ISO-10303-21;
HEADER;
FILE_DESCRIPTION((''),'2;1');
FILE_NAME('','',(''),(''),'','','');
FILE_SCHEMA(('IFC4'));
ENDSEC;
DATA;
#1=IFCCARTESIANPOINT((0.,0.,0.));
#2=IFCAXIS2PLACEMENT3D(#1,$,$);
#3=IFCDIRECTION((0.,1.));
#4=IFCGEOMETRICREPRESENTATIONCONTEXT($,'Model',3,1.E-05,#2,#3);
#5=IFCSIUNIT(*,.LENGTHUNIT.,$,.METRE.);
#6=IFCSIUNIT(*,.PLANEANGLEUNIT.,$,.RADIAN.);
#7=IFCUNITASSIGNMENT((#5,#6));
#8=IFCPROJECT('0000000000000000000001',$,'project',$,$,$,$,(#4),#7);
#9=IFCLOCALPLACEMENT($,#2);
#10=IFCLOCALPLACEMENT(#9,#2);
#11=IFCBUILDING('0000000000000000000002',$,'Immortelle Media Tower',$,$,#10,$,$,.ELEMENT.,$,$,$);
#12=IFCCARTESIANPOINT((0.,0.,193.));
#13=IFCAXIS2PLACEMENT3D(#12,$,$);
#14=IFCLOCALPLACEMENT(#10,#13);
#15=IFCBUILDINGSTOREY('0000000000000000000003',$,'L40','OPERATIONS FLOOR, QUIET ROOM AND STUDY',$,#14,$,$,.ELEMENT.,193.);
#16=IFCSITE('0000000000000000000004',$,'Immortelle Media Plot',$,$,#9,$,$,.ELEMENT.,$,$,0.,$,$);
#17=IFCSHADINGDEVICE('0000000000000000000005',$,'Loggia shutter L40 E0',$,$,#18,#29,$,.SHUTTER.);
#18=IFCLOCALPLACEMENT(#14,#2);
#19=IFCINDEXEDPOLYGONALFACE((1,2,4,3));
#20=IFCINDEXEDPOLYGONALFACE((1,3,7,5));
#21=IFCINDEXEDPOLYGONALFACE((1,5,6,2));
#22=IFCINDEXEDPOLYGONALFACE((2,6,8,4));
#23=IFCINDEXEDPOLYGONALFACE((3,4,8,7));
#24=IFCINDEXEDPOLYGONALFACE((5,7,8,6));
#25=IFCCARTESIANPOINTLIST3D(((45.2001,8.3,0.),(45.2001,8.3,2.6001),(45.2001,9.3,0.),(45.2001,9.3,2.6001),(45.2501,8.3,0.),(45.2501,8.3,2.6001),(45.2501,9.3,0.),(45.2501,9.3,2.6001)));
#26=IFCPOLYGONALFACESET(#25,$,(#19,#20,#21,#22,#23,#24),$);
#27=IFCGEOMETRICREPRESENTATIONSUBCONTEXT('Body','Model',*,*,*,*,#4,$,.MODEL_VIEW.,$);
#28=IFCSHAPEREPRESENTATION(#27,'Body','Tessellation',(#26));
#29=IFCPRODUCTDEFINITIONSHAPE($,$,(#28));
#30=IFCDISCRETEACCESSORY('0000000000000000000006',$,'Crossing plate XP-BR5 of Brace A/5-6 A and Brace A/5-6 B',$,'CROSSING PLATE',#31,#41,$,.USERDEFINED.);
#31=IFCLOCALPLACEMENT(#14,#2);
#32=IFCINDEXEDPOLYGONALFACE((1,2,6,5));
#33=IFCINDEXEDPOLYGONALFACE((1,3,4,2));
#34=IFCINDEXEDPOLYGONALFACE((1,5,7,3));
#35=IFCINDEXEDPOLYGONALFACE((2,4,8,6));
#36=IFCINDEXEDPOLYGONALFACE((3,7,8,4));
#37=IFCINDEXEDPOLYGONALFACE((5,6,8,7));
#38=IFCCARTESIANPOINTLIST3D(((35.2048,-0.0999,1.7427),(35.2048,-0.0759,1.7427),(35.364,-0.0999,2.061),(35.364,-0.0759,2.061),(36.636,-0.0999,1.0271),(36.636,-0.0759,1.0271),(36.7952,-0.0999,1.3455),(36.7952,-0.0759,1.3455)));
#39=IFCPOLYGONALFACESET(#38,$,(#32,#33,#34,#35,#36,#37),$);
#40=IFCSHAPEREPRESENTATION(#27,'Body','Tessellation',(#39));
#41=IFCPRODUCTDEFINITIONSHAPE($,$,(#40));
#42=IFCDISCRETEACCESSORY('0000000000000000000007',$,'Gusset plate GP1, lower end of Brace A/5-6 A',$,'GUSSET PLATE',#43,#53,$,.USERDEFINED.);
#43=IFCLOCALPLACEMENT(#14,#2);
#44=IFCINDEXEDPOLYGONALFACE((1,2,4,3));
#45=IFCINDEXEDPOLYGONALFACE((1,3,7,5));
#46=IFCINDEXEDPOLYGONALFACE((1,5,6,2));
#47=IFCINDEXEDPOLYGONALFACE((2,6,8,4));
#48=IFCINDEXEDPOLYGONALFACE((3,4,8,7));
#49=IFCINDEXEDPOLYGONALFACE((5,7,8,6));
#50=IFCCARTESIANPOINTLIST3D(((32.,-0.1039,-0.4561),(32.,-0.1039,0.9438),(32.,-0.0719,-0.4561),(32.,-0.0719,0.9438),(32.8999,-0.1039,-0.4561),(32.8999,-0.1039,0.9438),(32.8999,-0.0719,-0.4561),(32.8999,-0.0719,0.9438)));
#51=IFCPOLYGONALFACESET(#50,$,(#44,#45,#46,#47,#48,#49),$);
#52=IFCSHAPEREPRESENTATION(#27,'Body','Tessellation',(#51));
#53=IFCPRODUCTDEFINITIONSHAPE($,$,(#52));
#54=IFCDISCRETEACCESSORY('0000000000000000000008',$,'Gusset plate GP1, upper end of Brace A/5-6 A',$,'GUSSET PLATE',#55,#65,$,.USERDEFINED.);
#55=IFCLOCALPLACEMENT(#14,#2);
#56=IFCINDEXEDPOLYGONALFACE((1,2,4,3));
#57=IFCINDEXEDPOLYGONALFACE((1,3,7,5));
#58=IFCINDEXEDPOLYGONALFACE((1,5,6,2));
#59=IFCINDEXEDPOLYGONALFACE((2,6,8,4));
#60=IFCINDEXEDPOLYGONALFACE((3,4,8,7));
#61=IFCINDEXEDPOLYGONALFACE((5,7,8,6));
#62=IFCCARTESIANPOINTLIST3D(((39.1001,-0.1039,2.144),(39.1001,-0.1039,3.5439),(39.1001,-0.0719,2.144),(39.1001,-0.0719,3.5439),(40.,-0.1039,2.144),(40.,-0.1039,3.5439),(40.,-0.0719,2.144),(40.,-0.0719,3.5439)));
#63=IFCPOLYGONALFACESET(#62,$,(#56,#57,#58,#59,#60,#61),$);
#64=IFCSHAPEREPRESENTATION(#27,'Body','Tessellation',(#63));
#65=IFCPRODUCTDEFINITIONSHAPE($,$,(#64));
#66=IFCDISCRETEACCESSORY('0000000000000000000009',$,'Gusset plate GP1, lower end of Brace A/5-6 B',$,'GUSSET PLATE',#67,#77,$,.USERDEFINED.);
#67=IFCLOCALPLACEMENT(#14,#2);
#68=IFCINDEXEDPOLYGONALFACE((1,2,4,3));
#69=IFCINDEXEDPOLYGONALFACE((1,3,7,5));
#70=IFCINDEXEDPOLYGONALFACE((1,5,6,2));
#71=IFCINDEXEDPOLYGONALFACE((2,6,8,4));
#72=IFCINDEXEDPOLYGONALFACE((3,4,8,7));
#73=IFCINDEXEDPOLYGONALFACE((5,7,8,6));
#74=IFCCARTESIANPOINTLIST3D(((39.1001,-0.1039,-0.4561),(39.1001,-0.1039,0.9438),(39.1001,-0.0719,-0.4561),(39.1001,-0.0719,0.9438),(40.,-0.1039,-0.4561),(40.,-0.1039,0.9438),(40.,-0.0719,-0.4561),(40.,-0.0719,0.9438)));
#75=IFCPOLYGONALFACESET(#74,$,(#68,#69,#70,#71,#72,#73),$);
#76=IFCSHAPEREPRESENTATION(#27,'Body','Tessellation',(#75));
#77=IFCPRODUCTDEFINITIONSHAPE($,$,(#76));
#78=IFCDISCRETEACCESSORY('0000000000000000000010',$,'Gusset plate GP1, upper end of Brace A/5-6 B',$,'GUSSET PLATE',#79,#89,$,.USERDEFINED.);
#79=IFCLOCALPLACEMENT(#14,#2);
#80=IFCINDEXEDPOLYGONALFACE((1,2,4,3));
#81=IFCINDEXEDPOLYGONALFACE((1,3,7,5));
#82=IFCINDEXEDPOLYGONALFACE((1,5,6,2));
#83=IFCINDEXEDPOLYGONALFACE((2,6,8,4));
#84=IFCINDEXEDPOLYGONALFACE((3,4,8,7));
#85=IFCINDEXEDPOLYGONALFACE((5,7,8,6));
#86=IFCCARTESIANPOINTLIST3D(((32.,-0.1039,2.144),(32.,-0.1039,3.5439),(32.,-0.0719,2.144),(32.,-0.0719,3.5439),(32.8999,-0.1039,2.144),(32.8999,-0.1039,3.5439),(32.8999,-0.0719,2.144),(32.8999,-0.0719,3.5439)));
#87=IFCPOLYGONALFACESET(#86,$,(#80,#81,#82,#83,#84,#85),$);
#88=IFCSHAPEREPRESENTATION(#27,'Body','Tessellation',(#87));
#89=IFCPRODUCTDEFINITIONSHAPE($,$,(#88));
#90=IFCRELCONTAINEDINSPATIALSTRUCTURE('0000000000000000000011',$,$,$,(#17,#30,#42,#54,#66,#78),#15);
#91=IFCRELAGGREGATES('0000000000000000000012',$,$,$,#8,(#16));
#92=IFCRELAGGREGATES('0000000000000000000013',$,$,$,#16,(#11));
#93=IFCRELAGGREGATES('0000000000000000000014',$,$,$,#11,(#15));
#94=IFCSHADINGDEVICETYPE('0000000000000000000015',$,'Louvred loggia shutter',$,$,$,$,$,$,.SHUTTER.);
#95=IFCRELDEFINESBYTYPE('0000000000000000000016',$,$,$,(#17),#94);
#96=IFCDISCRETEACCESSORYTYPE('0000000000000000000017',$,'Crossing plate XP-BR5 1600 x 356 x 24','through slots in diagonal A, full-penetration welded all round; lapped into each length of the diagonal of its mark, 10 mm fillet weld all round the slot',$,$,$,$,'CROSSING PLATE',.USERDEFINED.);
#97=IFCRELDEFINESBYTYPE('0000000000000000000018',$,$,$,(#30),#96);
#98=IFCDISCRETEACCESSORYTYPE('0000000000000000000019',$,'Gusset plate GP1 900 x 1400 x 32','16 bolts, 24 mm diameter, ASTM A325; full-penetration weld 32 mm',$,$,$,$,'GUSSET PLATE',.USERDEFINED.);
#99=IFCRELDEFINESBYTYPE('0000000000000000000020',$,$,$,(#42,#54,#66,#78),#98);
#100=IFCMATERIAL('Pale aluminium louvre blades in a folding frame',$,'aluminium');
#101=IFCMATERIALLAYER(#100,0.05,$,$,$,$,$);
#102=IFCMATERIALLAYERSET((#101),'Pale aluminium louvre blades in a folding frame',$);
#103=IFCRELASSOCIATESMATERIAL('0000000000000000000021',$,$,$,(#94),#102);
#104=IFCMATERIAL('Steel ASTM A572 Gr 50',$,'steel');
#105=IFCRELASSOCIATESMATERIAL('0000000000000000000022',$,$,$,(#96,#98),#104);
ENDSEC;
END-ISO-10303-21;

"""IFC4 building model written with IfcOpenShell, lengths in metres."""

from ifc_helpers import new_model, si_unit, direction, frame, origin, origin_2d, place, context, subcontext, project, spatial, rectangle, extrude, material, layer, layer_set, material_profile, profile_set, type_object, element, save


model = new_model("IFC4")

# Units and contexts
model_context = context("Model", 3, precision=1e-05, world=origin(), true_north=direction((0.0, 1.0)))
body_context = subcontext(model_context, "Body", "Model", "MODEL_VIEW")
ifc_project = project(units=[si_unit("LENGTHUNIT", "METRE"), si_unit("PLANEANGLEUNIT", "RADIAN")], contexts=[model_context])

# Site, building, storey
site_placement = place(None, origin())
site = spatial("IfcSite", under=ifc_project, at=site_placement, Name="Immortelle Media Plot", CompositionType="ELEMENT", RefElevation=0.0)
building_placement = place(site_placement, origin())
building = spatial("IfcBuilding", under=site, at=building_placement, Name="Immortelle Media Tower", CompositionType="ELEMENT")
storey_placement = place(building_placement, frame((0.0, 0.0, 193.0)))
storey = spatial("IfcBuildingStorey", under=building, at=storey_placement, Name="L40", Description="OPERATIONS FLOOR, QUIET ROOM AND STUDY", CompositionType="ELEMENT", Elevation=193.0)

# Shading device
ifc_material_1 = material(Name="Pale aluminium louvre blades in a folding frame", Category="aluminium")
ifc_layer_1 = layer(ifc_material_1, 0.05)
ifc_layer_set_1 = layer_set([ifc_layer_1], Name="Pale aluminium louvre blades in a folding frame")
shading_device_type_1 = type_object("IfcShadingDeviceType", Name="Louvred loggia shutter", PredefinedType="SHUTTER", material=ifc_layer_set_1)
shading_device_1_placement = place(storey_placement, frame((45.2251, 8.8, 0.0), z_axis=(0.0, 0.0, 1.0), x_axis=(0.0, 1.0, 0.0)))
element("IfcShadingDevice", 1, at=shading_device_1_placement, inside=storey, type_object=shading_device_type_1, Name="Loggia shutter L40 E0", PredefinedType="SHUTTER", context=body_context, shape_type="SweptSolid", body=[
    extrude(rectangle(XDim=1.0, YDim=0.05, at=origin_2d()), origin(), (0.0, 0.0, 1.0), 2.6001),
])

# Discrete accessories
ifc_material_2 = material(Name="Steel ASTM A572 Gr 50", Category="steel")
ifc_material_profile_1 = material_profile(ifc_material_2, rectangle(XDim=0.0239, YDim=0.356, at=origin_2d()), Name="PL 24 x 356")
ifc_profile_set_1 = profile_set([ifc_material_profile_1], Name="Steel ASTM A572 Gr 50")
discrete_accessory_type_1 = type_object("IfcDiscreteAccessoryType", Name="Crossing plate XP-BR5 1600 x 356 x 24", Description="through slots in diagonal A, full-penetration welded all round; lapped into each length of the diagonal of its mark, 10 mm fillet weld all round the slot", ElementType="CROSSING PLATE", PredefinedType="USERDEFINED", material=ifc_profile_set_1)
discrete_accessory_placement = place(storey_placement, frame((35.2844, -0.0879, 1.9019), z_axis=(0.894427, 0.0, -0.447214), x_axis=(0.0, 1.0, 0.0)))
element("IfcDiscreteAccessory", 2, at=discrete_accessory_placement, inside=storey, type_object=discrete_accessory_type_1, Name="Crossing plate XP-BR5 of Brace A/5-6 A and Brace A/5-6 B", ObjectType="CROSSING PLATE", PredefinedType="USERDEFINED", context=body_context, shape_type="SweptSolid", body=[
    extrude(rectangle(XDim=0.0239, YDim=0.356, at=origin_2d()), origin(), (0.0, 0.0, 1.0), 1.6001),
])
ifc_material_profile_2 = material_profile(ifc_material_2, rectangle(XDim=0.032, YDim=1.3999, at=origin_2d()), Name="PL 32 x 1400")
ifc_profile_set_2 = profile_set([ifc_material_profile_2], Name="Steel ASTM A572 Gr 50")
discrete_accessory_type_2 = type_object("IfcDiscreteAccessoryType", Name="Gusset plate GP1 900 x 1400 x 32", Description="16 bolts, 24 mm diameter, ASTM A325; full-penetration weld 32 mm", ElementType="GUSSET PLATE", PredefinedType="USERDEFINED", material=ifc_profile_set_2)
for number, where, z_axis, x_axis, name in (
    (3, (32.0, -0.0879, 0.2439), (1.0, 0.0, 0.0), (0.0, 1.0, 0.0), "Gusset plate GP1, lower end of Brace A/5-6 A"),
    (4, (40.0, -0.0879, 2.844), (-1.0, 0.0, 0.0), (0.0, -1.0, 0.0), "Gusset plate GP1, upper end of Brace A/5-6 A"),
    (5, (40.0, -0.0879, 0.2439), (-1.0, 0.0, 0.0), (0.0, -1.0, 0.0), "Gusset plate GP1, lower end of Brace A/5-6 B"),
    (6, (32.0, -0.0879, 2.844), (1.0, 0.0, 0.0), (0.0, 1.0, 0.0), "Gusset plate GP1, upper end of Brace A/5-6 B"),
):
    element("IfcDiscreteAccessory", number, at=place(storey_placement, frame(where, z_axis=z_axis, x_axis=x_axis)), inside=storey, type_object=discrete_accessory_type_2, Name=name, ObjectType="GUSSET PLATE", PredefinedType="USERDEFINED", context=body_context, shape_type="SweptSolid", body=[
        extrude(rectangle(XDim=0.032, YDim=1.3999, at=origin_2d()), origin(), (0.0, 0.0, 1.0), 0.8999),
    ])

save(model, "model.ifc")
